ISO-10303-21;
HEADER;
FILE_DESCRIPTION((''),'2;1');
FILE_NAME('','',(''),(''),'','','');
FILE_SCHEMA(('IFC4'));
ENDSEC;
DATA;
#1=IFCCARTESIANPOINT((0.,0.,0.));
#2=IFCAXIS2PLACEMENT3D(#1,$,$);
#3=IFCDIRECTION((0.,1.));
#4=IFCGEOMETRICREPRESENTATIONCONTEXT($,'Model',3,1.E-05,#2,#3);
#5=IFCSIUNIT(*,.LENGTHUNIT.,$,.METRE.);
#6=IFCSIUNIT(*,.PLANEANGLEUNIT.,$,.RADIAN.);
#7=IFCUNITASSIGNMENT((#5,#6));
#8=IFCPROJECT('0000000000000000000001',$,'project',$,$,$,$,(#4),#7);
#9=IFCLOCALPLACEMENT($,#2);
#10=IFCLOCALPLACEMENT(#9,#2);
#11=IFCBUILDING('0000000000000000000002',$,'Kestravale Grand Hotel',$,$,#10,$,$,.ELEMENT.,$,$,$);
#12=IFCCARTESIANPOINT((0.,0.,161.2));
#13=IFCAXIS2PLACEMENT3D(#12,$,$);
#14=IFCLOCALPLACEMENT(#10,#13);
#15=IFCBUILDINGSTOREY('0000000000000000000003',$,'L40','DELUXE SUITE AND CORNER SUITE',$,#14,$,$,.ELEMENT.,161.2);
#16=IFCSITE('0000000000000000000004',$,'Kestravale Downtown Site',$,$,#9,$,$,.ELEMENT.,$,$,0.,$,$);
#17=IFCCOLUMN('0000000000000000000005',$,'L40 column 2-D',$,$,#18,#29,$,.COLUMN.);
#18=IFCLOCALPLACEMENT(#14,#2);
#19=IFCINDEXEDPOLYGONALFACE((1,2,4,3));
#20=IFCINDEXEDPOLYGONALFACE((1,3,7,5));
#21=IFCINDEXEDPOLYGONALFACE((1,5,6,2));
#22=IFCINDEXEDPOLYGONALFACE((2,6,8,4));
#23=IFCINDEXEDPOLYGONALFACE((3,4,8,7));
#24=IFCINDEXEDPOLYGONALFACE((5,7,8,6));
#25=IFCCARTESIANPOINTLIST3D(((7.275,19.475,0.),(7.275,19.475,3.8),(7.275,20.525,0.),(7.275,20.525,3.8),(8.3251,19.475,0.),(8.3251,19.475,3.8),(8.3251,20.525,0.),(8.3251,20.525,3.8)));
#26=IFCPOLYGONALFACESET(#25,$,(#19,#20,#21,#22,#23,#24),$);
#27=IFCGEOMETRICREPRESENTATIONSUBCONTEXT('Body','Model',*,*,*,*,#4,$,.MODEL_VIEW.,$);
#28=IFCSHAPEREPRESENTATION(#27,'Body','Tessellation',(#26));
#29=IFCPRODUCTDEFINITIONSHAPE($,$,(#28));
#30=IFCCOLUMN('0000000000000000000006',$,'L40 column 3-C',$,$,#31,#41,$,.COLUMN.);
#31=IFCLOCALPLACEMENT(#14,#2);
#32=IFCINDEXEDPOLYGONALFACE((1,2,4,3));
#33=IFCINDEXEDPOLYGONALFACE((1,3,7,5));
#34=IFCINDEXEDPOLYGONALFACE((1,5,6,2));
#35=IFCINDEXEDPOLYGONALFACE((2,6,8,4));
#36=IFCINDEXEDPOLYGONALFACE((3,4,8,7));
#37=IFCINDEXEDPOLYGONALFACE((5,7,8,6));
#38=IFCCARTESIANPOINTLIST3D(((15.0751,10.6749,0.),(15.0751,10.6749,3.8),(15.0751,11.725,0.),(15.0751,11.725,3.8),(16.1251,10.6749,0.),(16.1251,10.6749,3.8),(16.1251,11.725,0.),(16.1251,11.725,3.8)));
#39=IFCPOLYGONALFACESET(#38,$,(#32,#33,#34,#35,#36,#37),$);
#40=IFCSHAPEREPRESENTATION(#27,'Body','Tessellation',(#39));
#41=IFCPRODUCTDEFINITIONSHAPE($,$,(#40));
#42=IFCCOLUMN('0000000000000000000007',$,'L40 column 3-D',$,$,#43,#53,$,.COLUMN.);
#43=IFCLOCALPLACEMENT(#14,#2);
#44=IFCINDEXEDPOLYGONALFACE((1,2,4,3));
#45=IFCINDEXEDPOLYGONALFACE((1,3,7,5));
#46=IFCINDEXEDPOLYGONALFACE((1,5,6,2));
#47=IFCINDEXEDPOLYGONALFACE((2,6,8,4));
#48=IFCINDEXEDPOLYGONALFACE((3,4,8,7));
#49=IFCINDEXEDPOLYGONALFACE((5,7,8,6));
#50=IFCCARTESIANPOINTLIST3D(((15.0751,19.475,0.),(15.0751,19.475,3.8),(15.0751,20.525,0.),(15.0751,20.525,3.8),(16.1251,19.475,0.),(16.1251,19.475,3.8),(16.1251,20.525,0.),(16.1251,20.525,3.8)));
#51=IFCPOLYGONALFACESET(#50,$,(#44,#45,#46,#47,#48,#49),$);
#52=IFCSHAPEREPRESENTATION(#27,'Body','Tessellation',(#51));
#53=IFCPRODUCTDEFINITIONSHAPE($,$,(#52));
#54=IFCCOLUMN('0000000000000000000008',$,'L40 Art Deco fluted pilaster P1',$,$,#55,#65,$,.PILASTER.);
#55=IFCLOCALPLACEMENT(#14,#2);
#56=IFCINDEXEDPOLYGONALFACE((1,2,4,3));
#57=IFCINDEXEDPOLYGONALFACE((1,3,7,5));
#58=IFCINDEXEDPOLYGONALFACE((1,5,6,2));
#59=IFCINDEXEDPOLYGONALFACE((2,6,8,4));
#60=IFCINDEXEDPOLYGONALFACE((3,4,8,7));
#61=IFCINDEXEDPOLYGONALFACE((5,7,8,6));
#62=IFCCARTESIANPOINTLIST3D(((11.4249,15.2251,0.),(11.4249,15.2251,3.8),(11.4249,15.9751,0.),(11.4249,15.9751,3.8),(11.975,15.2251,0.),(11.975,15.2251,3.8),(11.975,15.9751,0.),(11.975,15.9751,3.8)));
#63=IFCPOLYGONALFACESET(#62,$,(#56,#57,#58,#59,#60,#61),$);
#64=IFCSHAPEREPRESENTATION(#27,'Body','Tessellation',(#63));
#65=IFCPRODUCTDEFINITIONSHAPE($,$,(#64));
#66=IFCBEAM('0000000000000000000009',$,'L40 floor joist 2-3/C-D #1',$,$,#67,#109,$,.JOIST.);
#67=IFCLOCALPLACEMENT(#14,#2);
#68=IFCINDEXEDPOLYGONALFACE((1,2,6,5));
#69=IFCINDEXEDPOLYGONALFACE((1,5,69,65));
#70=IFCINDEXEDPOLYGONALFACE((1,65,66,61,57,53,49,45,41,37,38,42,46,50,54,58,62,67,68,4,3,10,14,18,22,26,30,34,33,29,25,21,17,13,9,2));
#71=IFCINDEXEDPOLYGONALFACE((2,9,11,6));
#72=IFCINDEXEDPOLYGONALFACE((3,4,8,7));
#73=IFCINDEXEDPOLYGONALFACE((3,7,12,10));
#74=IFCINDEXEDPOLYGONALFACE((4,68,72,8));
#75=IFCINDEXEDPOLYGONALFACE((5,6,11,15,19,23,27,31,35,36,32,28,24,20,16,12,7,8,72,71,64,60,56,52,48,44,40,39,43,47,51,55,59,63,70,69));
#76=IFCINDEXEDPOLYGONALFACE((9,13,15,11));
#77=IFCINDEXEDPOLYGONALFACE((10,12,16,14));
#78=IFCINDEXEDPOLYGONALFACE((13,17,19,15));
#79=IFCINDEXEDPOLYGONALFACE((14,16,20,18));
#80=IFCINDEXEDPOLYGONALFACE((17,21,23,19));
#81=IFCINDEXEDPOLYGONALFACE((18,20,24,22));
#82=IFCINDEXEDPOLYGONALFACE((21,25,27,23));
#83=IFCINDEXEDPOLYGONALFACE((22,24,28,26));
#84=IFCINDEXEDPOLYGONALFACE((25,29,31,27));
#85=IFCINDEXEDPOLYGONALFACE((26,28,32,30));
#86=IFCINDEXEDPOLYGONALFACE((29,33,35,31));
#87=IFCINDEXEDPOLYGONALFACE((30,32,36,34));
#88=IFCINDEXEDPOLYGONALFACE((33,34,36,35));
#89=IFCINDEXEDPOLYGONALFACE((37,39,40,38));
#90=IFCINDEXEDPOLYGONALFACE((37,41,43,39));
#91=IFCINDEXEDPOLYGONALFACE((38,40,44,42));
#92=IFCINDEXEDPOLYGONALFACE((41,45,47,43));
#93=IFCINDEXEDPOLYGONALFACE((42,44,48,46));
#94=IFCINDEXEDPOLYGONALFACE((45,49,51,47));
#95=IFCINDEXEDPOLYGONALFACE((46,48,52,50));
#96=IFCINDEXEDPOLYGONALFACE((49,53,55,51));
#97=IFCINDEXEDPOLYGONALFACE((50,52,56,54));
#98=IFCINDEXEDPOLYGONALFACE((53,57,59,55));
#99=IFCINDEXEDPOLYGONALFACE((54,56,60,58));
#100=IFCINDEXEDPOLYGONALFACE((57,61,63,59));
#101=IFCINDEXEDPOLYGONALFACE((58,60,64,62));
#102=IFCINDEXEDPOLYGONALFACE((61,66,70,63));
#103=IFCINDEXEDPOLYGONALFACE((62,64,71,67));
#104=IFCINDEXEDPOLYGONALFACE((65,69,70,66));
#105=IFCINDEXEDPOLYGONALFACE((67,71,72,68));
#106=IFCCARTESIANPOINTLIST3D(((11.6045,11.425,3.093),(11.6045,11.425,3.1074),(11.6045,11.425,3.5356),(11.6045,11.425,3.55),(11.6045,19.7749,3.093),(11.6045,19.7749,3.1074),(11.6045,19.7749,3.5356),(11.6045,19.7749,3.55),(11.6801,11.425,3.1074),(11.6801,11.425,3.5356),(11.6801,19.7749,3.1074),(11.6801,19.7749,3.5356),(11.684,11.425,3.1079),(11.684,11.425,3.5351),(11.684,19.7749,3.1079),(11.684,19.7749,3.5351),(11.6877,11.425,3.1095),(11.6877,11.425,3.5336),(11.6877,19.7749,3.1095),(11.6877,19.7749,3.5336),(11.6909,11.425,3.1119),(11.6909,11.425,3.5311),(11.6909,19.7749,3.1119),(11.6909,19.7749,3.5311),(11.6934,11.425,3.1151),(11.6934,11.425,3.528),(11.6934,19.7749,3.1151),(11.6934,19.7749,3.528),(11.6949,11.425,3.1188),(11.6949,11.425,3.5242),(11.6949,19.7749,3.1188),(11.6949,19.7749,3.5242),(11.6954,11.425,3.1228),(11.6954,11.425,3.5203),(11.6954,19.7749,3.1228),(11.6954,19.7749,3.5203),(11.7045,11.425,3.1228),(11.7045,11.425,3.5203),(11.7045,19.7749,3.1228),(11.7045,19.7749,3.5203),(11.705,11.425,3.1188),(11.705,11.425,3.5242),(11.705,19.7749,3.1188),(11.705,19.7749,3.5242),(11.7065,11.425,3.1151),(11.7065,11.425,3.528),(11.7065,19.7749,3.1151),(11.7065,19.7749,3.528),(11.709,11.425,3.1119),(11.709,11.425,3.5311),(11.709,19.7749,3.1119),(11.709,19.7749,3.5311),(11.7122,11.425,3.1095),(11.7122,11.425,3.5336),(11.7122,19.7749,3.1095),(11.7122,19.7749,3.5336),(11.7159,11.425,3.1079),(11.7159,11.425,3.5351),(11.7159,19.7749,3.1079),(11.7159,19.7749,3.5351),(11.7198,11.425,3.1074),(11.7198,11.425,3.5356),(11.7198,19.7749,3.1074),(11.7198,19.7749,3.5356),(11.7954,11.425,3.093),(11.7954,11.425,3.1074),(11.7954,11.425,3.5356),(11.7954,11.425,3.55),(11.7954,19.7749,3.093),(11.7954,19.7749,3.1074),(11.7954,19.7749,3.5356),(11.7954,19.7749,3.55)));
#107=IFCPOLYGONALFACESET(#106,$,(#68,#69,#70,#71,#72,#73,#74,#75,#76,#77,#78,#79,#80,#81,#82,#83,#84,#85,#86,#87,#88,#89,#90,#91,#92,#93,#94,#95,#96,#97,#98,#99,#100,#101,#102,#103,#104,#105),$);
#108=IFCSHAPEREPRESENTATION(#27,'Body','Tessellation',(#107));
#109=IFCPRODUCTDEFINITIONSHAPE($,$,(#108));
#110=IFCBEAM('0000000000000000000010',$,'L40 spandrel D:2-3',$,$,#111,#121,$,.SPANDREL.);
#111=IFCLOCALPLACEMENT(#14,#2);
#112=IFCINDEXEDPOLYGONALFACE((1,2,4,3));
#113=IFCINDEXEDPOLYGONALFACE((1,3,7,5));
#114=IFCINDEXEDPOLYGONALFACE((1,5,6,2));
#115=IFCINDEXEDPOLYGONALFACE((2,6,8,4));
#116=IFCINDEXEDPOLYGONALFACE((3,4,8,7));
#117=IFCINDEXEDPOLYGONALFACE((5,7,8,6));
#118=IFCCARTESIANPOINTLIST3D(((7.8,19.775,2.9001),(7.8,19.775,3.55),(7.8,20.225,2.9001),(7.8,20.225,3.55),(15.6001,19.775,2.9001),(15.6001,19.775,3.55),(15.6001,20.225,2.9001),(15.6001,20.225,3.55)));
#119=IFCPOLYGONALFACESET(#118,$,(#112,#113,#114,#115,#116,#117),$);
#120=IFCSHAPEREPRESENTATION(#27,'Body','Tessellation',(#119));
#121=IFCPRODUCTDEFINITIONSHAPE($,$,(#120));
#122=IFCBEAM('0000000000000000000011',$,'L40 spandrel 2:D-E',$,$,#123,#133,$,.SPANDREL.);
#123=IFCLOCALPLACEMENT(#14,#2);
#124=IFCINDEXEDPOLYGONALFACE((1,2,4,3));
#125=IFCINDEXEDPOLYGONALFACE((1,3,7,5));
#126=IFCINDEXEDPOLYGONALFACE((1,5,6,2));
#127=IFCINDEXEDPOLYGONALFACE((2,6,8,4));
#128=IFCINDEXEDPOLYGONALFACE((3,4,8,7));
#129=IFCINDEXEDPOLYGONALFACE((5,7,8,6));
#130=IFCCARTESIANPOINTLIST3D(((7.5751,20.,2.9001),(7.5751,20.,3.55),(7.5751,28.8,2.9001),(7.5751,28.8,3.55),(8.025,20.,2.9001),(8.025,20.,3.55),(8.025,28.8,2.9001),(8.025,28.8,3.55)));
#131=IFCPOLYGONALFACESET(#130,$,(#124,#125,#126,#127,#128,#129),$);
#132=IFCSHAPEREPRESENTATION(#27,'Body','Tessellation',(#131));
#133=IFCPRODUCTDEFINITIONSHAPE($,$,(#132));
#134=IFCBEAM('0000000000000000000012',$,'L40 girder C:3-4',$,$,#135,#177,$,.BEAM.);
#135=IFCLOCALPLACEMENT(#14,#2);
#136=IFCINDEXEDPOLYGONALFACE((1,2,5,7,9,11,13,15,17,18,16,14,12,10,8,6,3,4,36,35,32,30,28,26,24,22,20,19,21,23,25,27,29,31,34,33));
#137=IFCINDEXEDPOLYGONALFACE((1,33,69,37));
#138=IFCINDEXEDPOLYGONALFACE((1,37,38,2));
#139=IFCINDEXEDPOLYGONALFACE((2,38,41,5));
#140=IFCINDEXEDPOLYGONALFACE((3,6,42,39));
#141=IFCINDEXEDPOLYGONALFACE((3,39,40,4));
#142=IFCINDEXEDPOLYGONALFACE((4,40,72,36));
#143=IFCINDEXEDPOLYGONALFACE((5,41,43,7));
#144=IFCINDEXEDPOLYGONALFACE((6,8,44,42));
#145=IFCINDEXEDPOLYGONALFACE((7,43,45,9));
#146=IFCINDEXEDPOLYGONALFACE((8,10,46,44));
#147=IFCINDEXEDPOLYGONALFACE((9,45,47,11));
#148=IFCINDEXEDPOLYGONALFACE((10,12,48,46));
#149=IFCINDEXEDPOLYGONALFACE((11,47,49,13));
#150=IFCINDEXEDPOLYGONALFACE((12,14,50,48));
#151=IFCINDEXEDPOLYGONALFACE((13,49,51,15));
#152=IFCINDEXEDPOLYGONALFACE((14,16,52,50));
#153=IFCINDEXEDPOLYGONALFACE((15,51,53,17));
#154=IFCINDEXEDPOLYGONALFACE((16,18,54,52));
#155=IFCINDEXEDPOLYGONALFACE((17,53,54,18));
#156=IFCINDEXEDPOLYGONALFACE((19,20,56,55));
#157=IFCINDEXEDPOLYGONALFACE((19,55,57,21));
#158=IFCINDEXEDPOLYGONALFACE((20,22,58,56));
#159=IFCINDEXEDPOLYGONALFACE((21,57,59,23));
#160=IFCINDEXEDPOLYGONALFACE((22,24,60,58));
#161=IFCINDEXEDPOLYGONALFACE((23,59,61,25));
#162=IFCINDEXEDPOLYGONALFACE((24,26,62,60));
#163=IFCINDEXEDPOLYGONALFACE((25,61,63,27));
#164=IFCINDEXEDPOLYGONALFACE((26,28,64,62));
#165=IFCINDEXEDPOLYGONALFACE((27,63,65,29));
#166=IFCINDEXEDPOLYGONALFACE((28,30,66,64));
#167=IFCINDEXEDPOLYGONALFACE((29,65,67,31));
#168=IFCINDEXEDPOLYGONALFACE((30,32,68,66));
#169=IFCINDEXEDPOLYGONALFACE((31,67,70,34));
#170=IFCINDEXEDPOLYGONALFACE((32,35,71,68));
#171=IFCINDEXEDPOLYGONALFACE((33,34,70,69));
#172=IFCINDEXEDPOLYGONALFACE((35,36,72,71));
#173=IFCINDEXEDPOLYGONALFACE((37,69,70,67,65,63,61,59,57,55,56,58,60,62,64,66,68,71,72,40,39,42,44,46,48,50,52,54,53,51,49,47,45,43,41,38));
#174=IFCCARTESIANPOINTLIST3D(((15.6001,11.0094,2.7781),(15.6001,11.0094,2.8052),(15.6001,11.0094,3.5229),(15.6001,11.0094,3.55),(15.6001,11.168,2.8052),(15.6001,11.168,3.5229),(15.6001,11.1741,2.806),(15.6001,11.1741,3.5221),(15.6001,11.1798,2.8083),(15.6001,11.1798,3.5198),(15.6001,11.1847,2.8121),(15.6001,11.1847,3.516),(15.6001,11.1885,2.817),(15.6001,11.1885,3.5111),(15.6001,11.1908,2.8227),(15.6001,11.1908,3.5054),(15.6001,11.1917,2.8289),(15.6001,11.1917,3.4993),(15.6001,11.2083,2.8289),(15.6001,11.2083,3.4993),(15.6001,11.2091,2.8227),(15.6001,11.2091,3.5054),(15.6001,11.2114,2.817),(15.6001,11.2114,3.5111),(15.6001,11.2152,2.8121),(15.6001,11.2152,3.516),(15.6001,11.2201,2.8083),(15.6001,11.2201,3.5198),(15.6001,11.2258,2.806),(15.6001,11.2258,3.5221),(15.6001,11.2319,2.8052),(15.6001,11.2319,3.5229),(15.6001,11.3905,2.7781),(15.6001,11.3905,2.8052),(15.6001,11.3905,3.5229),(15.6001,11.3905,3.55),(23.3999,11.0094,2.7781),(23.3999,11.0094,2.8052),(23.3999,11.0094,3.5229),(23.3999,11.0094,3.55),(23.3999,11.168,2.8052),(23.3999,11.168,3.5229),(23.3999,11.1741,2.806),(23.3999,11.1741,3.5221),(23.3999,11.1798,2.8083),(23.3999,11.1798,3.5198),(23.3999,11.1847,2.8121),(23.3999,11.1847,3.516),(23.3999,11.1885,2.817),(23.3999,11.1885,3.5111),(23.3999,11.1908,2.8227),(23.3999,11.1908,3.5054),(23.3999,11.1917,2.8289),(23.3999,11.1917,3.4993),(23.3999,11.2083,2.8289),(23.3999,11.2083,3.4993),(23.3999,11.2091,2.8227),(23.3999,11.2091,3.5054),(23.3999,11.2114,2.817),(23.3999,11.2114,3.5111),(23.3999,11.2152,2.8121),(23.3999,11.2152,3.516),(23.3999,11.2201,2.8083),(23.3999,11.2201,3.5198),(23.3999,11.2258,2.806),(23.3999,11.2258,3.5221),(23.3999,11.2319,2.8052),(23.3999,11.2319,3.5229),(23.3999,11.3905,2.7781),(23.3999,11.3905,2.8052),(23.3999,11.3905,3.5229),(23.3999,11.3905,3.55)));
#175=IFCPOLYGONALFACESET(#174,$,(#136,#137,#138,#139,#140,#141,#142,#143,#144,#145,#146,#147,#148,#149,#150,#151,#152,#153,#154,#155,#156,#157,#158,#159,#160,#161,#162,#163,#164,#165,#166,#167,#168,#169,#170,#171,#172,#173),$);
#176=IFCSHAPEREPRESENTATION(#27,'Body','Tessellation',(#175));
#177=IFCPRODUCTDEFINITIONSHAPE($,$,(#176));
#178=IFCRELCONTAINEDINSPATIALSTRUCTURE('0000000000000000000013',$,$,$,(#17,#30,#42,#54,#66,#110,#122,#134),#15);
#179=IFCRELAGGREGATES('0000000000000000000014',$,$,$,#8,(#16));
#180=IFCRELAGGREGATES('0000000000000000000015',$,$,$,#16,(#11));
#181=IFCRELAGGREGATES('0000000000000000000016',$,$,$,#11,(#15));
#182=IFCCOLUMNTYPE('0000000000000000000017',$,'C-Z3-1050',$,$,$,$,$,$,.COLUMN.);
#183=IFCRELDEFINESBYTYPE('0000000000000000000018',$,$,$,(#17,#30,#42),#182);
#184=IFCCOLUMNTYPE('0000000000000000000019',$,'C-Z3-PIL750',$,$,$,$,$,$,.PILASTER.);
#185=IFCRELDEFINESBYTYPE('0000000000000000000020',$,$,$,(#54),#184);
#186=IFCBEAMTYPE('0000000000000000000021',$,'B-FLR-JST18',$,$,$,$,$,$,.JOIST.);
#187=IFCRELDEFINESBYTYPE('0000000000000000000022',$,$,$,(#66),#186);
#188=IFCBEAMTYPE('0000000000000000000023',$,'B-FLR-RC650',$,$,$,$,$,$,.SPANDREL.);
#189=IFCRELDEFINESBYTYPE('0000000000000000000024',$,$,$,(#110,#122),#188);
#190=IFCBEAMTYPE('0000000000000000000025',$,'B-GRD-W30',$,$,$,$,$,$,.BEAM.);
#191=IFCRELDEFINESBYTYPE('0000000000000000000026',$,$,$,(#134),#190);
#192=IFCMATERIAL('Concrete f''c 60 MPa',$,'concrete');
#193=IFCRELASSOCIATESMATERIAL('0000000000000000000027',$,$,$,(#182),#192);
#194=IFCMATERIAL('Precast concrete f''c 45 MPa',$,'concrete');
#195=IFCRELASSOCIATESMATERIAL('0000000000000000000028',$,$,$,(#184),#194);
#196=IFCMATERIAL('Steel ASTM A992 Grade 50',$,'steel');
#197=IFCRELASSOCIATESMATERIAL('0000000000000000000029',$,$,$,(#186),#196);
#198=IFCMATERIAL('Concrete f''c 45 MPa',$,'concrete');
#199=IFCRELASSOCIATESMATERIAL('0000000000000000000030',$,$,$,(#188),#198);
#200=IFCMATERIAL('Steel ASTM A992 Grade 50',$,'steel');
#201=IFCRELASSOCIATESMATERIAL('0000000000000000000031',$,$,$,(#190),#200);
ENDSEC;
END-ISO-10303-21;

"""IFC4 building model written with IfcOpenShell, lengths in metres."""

from ifc_helpers import new_model, si_unit, direction, frame, origin, origin_2d, place, context, subcontext, project, spatial, rectangle, i_section, extrude, material, material_profile, profile_set, type_object, element, save


model = new_model("IFC4")

# Units and contexts
model_context = context("Model", 3, precision=1e-05, world=origin(), true_north=direction((0.0, 1.0)))
body_context = subcontext(model_context, "Body", "Model", "MODEL_VIEW")
ifc_project = project(units=[si_unit("LENGTHUNIT", "METRE"), si_unit("PLANEANGLEUNIT", "RADIAN")], contexts=[model_context])

# Site, building, storey
site_placement = place(None, origin())
site = spatial("IfcSite", under=ifc_project, at=site_placement, Name="Kestravale Downtown Site", CompositionType="ELEMENT", RefElevation=0.0)
building_placement = place(site_placement, origin())
building = spatial("IfcBuilding", under=site, at=building_placement, Name="Kestravale Grand Hotel", CompositionType="ELEMENT")
storey_placement = place(building_placement, frame((0.0, 0.0, 161.2)))
storey = spatial("IfcBuildingStorey", under=building, at=storey_placement, Name="L40", Description="DELUXE SUITE AND CORNER SUITE", CompositionType="ELEMENT", Elevation=161.2)

# Columns
ifc_material_1 = material(Name="Concrete f'c 60 MPa", Category="concrete")
ifc_material_profile_1 = material_profile(ifc_material_1, rectangle(XDim=1.05, YDim=1.05, at=origin_2d()))
ifc_profile_set_1 = profile_set([ifc_material_profile_1], Name="Concrete f'c 60 MPa")
column_type_1 = type_object("IfcColumnType", Name="C-Z3-1050", PredefinedType="COLUMN", material=ifc_profile_set_1)
for number, where, z_axis, x_axis, name in (
    (1, (7.8, 20.0, 0.0), (0.0, 0.0, 1.0), (1.0, 0.0, 0.0), "L40 column 2-D"),
    (2, (15.6001, 11.2, 0.0), (0.0, 0.0, 1.0), (1.0, 0.0, 0.0), "L40 column 3-C"),
    (3, (15.6001, 20.0, 0.0), (0.0, 0.0, 1.0), (1.0, 0.0, 0.0), "L40 column 3-D"),
):
    element("IfcColumn", number, at=place(storey_placement, frame(where, z_axis=z_axis, x_axis=x_axis)), inside=storey, type_object=column_type_1, Name=name, PredefinedType="COLUMN", context=body_context, shape_type="SweptSolid", body=[
        extrude(rectangle(XDim=1.05, YDim=1.05, at=origin_2d()), origin(), (0.0, 0.0, 1.0), 3.8),
    ])
ifc_material_2 = material(Name="Precast concrete f'c 45 MPa", Category="concrete")
ifc_material_profile_2 = material_profile(ifc_material_2, rectangle(XDim=0.55, YDim=0.75, at=origin_2d()))
ifc_profile_set_2 = profile_set([ifc_material_profile_2], Name="Precast concrete f'c 45 MPa")
column_type_2 = type_object("IfcColumnType", Name="C-Z3-PIL750", PredefinedType="PILASTER", material=ifc_profile_set_2)
column_placement = place(storey_placement, frame((11.7, 15.6001, 0.0), z_axis=(0.0, 0.0, 1.0), x_axis=(1.0, 0.0, 0.0)))
element("IfcColumn", 4, at=column_placement, inside=storey, type_object=column_type_2, Name="L40 Art Deco fluted pilaster P1", PredefinedType="PILASTER", context=body_context, shape_type="SweptSolid", body=[
    extrude(rectangle(XDim=0.55, YDim=0.75, at=origin_2d()), origin(), (0.0, 0.0, 1.0), 3.8),
])

# Beams
ifc_material_3 = material(Name="Steel ASTM A992 Grade 50", Category="steel")
ifc_material_profile_3 = material_profile(ifc_material_3, i_section(OverallWidth=0.1909, OverallDepth=0.457, WebThickness=0.009, FlangeThickness=0.0144, FilletRadius=0.0154, at=origin_2d()))
ifc_profile_set_3 = profile_set([ifc_material_profile_3], Name="Steel ASTM A992 Grade 50")
beam_type_1 = type_object("IfcBeamType", Name="B-FLR-JST18", PredefinedType="JOIST", material=ifc_profile_set_3)
beam_1_placement = place(storey_placement, frame((11.7, 11.425, 3.3215), z_axis=(0.0, 1.0, 0.0), x_axis=(-1.0, 0.0, 0.0)))
element("IfcBeam", 5, at=beam_1_placement, inside=storey, type_object=beam_type_1, Name="L40 floor joist 2-3/C-D #1", PredefinedType="JOIST", context=body_context, shape_type="SweptSolid", body=[
    extrude(i_section(OverallWidth=0.1909, OverallDepth=0.457, WebThickness=0.009, FlangeThickness=0.0144, FilletRadius=0.0154, at=origin_2d()), origin(), (0.0, 0.0, 1.0), 8.3499),
])
ifc_material_4 = material(Name="Concrete f'c 45 MPa", Category="concrete")
ifc_material_profile_4 = material_profile(ifc_material_4, rectangle(XDim=0.45, YDim=0.6499, at=origin_2d()))
ifc_profile_set_4 = profile_set([ifc_material_profile_4], Name="Concrete f'c 45 MPa")
beam_type_2 = type_object("IfcBeamType", Name="B-FLR-RC650", PredefinedType="SPANDREL", material=ifc_profile_set_4)
beam_2_placement = place(storey_placement, frame((7.8, 20.0, 3.2251), z_axis=(1.0, 0.0, 0.0), x_axis=(0.0, 1.0, 0.0)))
element("IfcBeam", 6, at=beam_2_placement, inside=storey, type_object=beam_type_2, Name="L40 spandrel D:2-3", PredefinedType="SPANDREL", context=body_context, shape_type="SweptSolid", body=[
    extrude(rectangle(XDim=0.45, YDim=0.6499, at=origin_2d()), origin(), (0.0, 0.0, 1.0), 7.8),
])
beam_3_placement = place(storey_placement, frame((7.8, 20.0, 3.2251), z_axis=(0.0, 1.0, 0.0), x_axis=(-1.0, 0.0, 0.0)))
element("IfcBeam", 7, at=beam_3_placement, inside=storey, type_object=beam_type_2, Name="L40 spandrel 2:D-E", PredefinedType="SPANDREL", context=body_context, shape_type="SweptSolid", body=[
    extrude(rectangle(XDim=0.45, YDim=0.6499, at=origin_2d()), origin(), (0.0, 0.0, 1.0), 8.8),
])
ifc_material_5 = material(Name="Steel ASTM A992 Grade 50", Category="steel")
ifc_material_profile_5 = material_profile(ifc_material_5, i_section(OverallWidth=0.3811, OverallDepth=0.772, WebThickness=0.0166, FlangeThickness=0.0271, FilletRadius=0.0237, at=origin_2d()))
ifc_profile_set_5 = profile_set([ifc_material_profile_5], Name="Steel ASTM A992 Grade 50")
beam_type_3 = type_object("IfcBeamType", Name="B-GRD-W30", PredefinedType="BEAM", material=ifc_profile_set_5)
for number, where, z_axis, x_axis, name in (
    (8, (15.6001, 11.2, 3.1641), (1.0, 0.0, 0.0), (0.0, 1.0, 0.0), "L40 girder C:3-4"),
):
    element("IfcBeam", number, at=place(storey_placement, frame(where, z_axis=z_axis, x_axis=x_axis)), inside=storey, type_object=beam_type_3, Name=name, PredefinedType="BEAM", context=body_context, shape_type="SweptSolid", body=[
        extrude(i_section(OverallWidth=0.3811, OverallDepth=0.772, WebThickness=0.0166, FlangeThickness=0.0271, FilletRadius=0.0237, at=origin_2d()), origin(), (0.0, 0.0, 1.0), 7.7998),
    ])

save(model, "model.ifc")
